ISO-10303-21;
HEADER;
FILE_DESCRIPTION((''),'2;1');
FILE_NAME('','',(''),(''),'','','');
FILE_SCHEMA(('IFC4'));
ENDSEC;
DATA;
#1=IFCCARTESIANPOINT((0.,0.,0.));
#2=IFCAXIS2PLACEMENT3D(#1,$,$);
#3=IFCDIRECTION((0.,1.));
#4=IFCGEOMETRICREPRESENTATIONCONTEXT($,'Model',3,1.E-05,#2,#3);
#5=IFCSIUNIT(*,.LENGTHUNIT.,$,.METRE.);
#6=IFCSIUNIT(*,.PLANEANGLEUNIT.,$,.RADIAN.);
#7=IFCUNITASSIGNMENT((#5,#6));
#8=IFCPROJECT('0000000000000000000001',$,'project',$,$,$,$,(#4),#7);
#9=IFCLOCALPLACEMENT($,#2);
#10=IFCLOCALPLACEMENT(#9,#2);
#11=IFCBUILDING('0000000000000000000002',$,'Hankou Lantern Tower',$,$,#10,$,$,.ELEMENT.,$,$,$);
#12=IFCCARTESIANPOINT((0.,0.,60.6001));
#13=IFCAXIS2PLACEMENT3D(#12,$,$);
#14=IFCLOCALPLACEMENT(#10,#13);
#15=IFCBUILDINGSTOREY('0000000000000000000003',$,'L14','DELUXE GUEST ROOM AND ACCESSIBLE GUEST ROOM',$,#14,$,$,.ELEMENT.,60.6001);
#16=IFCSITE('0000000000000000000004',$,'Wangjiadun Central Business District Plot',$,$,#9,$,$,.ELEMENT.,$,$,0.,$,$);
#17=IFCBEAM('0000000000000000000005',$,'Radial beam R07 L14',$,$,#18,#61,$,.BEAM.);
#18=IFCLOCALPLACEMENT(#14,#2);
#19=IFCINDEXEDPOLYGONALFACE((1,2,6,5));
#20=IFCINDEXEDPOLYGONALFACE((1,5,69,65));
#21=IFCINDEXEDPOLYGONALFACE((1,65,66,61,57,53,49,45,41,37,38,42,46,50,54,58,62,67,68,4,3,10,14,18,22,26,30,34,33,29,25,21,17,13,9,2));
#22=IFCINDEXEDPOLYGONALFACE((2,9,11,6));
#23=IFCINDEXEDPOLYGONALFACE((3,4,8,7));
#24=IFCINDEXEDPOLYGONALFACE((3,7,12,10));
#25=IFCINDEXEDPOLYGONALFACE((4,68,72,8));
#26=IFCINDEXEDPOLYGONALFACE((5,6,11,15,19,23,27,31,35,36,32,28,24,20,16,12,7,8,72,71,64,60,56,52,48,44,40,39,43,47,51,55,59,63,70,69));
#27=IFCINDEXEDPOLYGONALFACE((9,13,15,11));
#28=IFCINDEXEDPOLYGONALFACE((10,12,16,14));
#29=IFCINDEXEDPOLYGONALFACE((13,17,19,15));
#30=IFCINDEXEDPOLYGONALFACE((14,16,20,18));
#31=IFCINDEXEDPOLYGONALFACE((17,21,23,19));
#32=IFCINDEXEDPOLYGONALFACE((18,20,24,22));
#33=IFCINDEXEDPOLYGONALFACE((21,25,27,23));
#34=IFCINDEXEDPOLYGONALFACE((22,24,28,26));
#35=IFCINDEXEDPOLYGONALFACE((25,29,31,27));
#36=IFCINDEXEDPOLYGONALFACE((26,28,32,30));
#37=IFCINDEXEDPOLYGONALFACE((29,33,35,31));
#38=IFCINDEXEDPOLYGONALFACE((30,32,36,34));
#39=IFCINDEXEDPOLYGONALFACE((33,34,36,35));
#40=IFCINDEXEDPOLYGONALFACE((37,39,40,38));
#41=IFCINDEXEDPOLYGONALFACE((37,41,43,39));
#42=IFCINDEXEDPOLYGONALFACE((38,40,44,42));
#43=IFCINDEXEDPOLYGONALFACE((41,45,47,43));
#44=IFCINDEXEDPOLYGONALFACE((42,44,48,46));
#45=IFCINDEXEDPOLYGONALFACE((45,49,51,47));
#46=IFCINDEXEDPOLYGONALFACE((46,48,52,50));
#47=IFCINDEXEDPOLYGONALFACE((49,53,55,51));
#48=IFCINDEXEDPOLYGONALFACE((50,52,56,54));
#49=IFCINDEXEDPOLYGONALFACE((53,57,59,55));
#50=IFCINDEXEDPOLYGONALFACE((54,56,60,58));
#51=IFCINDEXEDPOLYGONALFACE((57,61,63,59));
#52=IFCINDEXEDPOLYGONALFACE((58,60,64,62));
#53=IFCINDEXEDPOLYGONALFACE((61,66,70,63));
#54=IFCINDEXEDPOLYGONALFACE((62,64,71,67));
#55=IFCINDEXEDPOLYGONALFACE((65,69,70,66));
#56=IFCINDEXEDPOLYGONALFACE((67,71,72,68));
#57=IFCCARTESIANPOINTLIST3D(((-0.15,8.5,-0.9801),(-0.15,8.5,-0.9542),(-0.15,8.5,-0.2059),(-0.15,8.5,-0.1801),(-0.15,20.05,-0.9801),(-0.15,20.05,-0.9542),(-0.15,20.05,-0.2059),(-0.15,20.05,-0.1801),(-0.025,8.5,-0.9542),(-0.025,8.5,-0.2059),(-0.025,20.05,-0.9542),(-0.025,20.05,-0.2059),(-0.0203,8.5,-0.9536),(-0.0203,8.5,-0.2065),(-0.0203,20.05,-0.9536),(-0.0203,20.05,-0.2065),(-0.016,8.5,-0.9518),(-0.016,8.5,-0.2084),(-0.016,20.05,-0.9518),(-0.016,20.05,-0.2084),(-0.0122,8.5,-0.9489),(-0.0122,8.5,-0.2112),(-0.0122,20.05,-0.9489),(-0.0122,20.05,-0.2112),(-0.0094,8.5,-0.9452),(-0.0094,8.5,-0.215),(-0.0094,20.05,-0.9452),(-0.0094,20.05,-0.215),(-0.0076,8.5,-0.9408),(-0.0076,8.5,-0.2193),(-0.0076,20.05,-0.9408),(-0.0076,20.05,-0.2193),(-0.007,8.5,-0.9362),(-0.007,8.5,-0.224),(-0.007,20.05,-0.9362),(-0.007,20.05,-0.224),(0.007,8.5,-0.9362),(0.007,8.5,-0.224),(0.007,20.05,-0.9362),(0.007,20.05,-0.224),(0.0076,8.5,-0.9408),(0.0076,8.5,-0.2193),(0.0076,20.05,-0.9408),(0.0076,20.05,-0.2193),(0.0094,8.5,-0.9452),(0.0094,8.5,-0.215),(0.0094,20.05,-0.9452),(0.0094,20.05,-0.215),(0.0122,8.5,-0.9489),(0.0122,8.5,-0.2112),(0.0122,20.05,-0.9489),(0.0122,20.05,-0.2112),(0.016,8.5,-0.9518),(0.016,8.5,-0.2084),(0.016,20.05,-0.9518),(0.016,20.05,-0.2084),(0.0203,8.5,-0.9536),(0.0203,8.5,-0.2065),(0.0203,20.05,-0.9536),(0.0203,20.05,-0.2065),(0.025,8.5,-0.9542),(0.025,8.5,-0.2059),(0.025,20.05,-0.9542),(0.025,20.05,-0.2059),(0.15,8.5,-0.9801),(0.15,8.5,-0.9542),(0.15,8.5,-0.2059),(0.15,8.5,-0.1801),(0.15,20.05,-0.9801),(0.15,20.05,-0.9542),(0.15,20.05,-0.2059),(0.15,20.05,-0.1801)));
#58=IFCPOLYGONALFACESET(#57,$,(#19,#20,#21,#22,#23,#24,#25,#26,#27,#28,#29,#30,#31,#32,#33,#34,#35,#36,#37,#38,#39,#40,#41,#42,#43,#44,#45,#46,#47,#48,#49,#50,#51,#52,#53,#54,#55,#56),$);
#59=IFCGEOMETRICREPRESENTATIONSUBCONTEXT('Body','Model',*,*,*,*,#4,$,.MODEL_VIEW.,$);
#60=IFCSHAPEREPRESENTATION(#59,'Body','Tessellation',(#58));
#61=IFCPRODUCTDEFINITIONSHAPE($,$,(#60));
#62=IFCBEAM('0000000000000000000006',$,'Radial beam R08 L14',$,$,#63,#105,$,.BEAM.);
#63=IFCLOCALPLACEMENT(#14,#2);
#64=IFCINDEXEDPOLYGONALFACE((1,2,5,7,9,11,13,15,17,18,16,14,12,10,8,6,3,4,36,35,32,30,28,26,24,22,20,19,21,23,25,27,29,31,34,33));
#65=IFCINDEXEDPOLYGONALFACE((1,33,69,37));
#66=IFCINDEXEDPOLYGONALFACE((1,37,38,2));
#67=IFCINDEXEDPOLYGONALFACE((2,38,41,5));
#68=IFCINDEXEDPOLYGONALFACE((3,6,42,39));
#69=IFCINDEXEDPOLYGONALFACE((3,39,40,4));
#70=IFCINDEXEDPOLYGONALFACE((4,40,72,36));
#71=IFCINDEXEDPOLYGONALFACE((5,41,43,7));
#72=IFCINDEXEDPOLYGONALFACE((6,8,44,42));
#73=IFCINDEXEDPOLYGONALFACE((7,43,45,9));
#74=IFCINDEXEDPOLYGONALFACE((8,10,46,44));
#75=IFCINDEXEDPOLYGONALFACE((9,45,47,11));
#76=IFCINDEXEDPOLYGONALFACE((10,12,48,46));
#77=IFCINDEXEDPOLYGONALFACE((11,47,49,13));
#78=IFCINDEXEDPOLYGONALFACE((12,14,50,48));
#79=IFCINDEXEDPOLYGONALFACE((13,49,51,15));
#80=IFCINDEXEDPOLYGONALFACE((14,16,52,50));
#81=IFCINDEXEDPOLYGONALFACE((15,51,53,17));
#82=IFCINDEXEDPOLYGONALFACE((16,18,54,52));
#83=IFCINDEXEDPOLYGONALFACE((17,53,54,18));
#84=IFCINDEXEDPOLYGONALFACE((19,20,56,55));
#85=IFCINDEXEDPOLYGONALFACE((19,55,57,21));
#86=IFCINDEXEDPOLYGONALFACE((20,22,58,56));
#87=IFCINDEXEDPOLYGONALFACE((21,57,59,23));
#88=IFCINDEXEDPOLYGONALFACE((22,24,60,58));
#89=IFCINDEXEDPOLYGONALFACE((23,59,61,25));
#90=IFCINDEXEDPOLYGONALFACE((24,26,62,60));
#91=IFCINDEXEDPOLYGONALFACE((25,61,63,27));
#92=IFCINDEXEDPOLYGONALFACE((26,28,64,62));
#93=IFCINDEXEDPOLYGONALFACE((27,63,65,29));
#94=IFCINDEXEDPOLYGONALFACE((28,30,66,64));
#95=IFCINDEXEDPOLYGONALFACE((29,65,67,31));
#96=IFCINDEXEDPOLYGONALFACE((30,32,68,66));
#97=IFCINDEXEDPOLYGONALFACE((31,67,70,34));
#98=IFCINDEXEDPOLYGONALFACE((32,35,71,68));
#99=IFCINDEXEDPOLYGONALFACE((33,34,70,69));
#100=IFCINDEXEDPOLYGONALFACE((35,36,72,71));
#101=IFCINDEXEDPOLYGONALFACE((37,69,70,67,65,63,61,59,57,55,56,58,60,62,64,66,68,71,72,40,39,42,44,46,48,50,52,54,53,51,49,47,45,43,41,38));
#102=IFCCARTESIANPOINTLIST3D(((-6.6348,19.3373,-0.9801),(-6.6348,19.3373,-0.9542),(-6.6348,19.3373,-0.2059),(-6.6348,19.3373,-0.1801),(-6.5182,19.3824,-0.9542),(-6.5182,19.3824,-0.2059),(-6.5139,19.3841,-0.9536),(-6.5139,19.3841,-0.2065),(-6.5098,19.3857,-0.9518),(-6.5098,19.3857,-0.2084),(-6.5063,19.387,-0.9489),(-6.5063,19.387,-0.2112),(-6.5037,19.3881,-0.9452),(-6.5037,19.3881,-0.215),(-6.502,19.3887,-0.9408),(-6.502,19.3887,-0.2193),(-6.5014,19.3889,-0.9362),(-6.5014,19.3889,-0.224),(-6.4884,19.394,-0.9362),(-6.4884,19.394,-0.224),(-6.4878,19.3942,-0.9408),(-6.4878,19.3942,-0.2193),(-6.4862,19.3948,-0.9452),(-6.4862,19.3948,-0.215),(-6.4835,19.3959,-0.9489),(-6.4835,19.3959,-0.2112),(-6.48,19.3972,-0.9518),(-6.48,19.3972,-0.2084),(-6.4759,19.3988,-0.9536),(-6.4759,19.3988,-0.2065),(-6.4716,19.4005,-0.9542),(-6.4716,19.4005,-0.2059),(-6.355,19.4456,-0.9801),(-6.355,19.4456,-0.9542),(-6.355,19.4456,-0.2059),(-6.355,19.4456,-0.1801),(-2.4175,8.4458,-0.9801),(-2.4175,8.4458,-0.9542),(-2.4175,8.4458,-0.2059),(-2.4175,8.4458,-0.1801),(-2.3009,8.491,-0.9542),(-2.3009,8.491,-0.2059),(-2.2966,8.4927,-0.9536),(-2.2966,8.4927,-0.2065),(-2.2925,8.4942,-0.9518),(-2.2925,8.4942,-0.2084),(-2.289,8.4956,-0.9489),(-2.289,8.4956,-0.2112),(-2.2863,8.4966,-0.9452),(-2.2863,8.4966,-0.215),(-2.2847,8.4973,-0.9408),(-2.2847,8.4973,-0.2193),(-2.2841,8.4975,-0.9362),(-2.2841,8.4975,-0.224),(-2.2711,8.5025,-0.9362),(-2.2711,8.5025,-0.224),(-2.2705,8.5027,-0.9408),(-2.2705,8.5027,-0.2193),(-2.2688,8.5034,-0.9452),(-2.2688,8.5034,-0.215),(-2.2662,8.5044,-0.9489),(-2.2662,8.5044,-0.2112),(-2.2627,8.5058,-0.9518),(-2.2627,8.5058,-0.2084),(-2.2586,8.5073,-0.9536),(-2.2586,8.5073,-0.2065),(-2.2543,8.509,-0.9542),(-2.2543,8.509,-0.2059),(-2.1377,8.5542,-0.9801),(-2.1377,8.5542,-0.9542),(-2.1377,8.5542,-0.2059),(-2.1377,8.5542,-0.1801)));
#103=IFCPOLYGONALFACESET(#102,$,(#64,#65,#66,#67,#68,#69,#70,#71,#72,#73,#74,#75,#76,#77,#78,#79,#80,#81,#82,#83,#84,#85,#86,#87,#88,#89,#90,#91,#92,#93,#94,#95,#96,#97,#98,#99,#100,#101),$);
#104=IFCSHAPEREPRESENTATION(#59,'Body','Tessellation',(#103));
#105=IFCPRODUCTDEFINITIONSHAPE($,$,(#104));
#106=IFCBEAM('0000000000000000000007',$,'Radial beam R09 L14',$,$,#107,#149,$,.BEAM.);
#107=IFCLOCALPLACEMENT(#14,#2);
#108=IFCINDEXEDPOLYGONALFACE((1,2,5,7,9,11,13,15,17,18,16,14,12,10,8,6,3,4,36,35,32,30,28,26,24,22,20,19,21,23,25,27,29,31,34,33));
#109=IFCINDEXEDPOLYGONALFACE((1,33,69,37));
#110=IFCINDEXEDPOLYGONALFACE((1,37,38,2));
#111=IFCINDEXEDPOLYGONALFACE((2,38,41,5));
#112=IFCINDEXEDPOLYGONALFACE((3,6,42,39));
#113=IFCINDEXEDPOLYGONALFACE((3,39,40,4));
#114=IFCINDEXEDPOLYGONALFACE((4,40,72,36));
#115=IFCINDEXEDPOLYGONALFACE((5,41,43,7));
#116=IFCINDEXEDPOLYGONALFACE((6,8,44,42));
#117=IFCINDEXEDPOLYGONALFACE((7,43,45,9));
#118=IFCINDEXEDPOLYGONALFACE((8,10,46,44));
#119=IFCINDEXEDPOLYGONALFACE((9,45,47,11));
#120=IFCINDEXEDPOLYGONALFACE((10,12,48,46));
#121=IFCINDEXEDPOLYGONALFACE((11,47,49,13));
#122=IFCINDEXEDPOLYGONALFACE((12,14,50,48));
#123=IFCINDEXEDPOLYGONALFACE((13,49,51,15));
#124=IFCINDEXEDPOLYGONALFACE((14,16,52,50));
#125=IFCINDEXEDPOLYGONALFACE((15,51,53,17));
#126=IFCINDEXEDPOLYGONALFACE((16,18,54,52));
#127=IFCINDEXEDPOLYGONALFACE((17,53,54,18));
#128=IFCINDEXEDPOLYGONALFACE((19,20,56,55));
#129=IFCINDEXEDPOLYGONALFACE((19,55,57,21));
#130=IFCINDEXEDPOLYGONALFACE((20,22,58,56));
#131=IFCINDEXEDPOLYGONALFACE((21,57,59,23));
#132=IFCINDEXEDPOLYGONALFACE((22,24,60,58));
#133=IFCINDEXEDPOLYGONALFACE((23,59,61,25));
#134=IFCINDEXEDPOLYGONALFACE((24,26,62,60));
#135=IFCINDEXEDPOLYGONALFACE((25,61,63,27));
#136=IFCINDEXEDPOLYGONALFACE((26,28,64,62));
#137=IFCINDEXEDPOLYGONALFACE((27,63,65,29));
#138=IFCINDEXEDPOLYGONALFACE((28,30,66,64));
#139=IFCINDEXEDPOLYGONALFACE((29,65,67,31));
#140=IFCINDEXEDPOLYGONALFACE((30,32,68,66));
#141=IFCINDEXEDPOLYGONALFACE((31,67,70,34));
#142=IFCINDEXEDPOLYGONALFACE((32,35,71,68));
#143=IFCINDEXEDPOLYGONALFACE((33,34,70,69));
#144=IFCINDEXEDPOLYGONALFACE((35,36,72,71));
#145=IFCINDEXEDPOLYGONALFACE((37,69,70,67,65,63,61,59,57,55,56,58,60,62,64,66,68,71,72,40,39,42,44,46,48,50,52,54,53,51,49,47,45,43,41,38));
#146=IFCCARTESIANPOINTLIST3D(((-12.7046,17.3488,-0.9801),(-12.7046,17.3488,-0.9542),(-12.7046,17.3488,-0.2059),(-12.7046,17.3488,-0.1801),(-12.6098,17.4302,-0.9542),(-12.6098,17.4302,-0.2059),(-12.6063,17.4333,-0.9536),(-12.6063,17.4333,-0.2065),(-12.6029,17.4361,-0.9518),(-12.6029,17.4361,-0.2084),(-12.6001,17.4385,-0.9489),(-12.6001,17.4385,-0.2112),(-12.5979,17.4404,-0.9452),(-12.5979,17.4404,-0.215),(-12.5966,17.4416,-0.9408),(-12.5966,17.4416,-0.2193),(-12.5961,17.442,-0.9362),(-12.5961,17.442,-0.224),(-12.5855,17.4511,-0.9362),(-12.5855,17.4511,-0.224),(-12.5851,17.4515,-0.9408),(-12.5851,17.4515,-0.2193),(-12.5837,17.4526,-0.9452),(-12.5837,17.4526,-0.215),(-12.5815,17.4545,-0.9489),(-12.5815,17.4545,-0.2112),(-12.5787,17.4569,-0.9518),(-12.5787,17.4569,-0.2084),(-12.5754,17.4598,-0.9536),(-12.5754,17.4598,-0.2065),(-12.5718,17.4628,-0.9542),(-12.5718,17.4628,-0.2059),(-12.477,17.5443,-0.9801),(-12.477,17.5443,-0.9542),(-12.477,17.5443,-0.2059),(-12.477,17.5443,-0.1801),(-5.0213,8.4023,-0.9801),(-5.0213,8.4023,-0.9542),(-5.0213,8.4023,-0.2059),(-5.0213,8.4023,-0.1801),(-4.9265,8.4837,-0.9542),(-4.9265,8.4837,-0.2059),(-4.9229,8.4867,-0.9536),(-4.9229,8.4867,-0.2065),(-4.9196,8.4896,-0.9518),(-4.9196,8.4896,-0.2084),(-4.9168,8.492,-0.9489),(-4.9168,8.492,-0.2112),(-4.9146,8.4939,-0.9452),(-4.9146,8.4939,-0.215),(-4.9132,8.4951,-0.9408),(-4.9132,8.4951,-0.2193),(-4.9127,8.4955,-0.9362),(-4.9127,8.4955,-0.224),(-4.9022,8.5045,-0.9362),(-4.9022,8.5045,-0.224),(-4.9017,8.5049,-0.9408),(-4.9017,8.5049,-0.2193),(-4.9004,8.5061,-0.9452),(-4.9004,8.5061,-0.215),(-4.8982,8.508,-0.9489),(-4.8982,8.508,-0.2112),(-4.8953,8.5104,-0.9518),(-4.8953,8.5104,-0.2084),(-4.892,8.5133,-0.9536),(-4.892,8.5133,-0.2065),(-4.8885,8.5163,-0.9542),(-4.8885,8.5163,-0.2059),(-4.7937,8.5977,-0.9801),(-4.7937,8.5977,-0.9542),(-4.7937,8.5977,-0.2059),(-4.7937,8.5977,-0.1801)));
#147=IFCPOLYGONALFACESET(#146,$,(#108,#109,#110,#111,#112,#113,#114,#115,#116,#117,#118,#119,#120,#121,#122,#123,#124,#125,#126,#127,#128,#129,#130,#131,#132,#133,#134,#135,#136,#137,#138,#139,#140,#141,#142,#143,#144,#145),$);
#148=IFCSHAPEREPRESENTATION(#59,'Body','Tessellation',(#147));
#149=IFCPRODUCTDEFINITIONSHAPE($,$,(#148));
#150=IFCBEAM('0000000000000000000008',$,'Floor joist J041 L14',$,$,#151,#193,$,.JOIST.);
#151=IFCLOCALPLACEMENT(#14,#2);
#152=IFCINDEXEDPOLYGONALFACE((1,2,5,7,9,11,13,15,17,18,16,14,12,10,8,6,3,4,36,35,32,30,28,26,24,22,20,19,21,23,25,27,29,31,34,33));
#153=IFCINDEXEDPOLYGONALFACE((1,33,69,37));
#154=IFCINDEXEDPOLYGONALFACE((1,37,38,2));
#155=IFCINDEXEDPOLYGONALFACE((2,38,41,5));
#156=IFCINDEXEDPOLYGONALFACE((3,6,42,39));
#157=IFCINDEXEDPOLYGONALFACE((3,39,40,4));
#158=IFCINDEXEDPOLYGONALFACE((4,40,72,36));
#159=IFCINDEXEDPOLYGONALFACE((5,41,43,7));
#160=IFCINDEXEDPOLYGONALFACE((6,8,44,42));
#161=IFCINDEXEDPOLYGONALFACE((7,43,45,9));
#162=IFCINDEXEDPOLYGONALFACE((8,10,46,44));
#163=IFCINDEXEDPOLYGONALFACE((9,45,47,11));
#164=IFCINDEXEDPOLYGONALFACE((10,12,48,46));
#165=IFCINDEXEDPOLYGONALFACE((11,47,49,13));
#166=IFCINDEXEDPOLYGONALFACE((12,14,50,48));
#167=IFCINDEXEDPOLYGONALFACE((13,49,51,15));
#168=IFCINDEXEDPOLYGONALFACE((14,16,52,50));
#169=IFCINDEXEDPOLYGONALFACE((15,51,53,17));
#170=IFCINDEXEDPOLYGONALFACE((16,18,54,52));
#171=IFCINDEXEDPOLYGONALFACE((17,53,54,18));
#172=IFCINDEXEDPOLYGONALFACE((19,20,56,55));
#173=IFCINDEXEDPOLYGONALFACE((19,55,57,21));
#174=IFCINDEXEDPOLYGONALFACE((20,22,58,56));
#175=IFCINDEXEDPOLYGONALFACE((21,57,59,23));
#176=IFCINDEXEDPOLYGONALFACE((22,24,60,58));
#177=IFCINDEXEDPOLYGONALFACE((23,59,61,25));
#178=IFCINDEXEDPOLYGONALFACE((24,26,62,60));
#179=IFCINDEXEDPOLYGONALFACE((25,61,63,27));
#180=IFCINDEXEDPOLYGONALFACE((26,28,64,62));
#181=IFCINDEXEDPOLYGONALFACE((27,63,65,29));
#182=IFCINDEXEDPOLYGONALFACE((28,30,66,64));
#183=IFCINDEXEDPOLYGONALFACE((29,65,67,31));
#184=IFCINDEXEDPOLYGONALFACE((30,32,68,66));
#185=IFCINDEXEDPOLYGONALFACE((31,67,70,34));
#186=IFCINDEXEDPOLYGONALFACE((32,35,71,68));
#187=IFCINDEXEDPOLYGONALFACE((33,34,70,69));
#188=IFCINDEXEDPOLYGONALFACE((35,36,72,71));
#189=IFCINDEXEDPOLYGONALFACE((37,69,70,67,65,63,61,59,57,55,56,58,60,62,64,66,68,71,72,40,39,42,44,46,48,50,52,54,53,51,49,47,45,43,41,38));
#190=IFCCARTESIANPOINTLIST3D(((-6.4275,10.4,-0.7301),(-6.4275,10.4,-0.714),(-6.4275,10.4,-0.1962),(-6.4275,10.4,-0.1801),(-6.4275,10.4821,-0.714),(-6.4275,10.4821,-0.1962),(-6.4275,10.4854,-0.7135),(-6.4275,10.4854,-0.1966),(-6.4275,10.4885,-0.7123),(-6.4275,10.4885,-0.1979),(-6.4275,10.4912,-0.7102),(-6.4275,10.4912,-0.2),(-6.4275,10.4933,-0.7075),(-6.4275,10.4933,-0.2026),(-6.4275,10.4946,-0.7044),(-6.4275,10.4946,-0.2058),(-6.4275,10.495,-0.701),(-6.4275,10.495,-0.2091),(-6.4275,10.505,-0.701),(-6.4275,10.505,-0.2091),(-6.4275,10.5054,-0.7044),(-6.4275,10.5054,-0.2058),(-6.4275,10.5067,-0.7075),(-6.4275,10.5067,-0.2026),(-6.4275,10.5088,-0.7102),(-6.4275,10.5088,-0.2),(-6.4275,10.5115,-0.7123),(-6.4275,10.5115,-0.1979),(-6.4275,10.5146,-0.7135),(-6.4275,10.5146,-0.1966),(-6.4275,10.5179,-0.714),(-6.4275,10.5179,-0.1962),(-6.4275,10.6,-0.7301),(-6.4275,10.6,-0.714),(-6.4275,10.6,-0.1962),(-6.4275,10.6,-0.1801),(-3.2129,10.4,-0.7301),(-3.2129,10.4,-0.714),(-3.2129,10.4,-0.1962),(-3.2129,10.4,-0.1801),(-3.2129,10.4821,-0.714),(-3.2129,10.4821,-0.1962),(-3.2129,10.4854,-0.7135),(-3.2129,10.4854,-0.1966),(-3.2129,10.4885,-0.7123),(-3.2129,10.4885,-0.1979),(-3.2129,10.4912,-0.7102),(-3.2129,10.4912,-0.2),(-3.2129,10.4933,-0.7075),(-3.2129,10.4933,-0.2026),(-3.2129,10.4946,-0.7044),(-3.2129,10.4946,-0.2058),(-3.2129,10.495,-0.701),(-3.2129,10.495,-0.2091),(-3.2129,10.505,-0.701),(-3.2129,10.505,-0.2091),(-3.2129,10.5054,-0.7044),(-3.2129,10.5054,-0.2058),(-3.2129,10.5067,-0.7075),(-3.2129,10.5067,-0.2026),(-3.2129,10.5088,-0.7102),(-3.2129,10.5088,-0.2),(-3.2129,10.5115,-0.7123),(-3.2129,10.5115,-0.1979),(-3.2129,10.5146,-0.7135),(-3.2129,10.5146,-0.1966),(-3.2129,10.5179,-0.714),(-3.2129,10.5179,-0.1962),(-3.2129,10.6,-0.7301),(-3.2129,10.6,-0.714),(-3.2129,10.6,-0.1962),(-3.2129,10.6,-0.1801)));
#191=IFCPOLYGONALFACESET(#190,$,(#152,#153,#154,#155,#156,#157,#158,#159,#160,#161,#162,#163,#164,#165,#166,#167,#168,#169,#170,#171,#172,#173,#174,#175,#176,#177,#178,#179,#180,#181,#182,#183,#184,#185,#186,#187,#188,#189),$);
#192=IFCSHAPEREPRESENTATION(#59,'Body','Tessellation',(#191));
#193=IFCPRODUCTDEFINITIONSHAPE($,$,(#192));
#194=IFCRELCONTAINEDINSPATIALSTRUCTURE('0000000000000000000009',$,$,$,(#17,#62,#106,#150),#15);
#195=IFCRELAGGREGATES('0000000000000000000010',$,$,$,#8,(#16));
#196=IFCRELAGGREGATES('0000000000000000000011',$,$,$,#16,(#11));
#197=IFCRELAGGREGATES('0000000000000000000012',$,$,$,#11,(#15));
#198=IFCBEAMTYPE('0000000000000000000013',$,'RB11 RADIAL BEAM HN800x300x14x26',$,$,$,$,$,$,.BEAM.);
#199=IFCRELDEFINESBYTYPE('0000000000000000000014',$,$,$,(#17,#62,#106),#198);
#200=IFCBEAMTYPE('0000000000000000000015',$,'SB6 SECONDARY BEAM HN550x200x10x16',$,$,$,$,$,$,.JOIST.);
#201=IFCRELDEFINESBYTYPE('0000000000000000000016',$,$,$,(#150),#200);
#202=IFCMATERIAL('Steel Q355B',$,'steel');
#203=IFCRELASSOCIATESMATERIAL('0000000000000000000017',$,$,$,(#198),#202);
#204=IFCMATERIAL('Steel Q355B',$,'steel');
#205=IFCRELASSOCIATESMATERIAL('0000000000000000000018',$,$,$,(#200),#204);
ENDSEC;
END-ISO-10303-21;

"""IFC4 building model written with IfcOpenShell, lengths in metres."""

from ifc_helpers import new_model, si_unit, direction, frame, origin, origin_2d, place, context, subcontext, project, spatial, i_section, extrude, material, material_profile, profile_set, type_object, element, save


model = new_model("IFC4")

# Units and contexts
model_context = context("Model", 3, precision=1e-05, world=origin(), true_north=direction((0.0, 1.0)))
body_context = subcontext(model_context, "Body", "Model", "MODEL_VIEW")
ifc_project = project(units=[si_unit("LENGTHUNIT", "METRE"), si_unit("PLANEANGLEUNIT", "RADIAN")], contexts=[model_context])

# Site, building, storey
site_placement = place(None, origin())
site = spatial("IfcSite", under=ifc_project, at=site_placement, Name="Wangjiadun Central Business District Plot", CompositionType="ELEMENT", RefElevation=0.0)
building_placement = place(site_placement, origin())
building = spatial("IfcBuilding", under=site, at=building_placement, Name="Hankou Lantern Tower", CompositionType="ELEMENT")
storey_placement = place(building_placement, frame((0.0, 0.0, 60.6001)))
storey = spatial("IfcBuildingStorey", under=building, at=storey_placement, Name="L14", Description="DELUXE GUEST ROOM AND ACCESSIBLE GUEST ROOM", CompositionType="ELEMENT", Elevation=60.6001)

# Beams
ifc_material_1 = material(Name="Steel Q355B", Category="steel")
ifc_material_profile_1 = material_profile(ifc_material_1, i_section(OverallWidth=0.3, OverallDepth=0.8, WebThickness=0.0139, FlangeThickness=0.0259, FilletRadius=0.0181, at=origin_2d()), Name="HN800x300x14x26")
ifc_profile_set_1 = profile_set([ifc_material_profile_1], Name="Steel Q355B")
beam_type_1 = type_object("IfcBeamType", Name="RB11 RADIAL BEAM HN800x300x14x26", PredefinedType="BEAM", material=ifc_profile_set_1)
beam_1_placement = place(storey_placement, frame((0.0, 8.5, -0.5801), z_axis=(0.0, 1.0, 0.0), x_axis=(-1.0, 0.0, 0.0)))
element("IfcBeam", 1, at=beam_1_placement, inside=storey, type_object=beam_type_1, Name="Radial beam R07 L14", PredefinedType="BEAM", context=body_context, shape_type="SweptSolid", body=[
    extrude(i_section(OverallWidth=0.3, OverallDepth=0.8, WebThickness=0.0139, FlangeThickness=0.0259, FilletRadius=0.0181, at=origin_2d()), origin(), (0.0, 0.0, 1.0), 11.55),
])
beam_2_placement = place(storey_placement, frame((-2.2776, 8.5, -0.5801), z_axis=(-0.361089, 0.932531, 0.0), x_axis=(-0.932531, -0.361089, 0.0)))
element("IfcBeam", 2, at=beam_2_placement, inside=storey, type_object=beam_type_1, Name="Radial beam R08 L14", PredefinedType="BEAM", context=body_context, shape_type="SweptSolid", body=[
    extrude(i_section(OverallWidth=0.3, OverallDepth=0.8, WebThickness=0.0139, FlangeThickness=0.0259, FilletRadius=0.0181, at=origin_2d()), origin(), (0.0, 0.0, 1.0), 11.6794),
])
beam_3_placement = place(storey_placement, frame((-4.9075, 8.5, -0.5801), z_axis=(-0.651519, 0.758632, 0.0), x_axis=(-0.758632, -0.651519, 0.0)))
element("IfcBeam", 3, at=beam_3_placement, inside=storey, type_object=beam_type_1, Name="Radial beam R09 L14", PredefinedType="BEAM", context=body_context, shape_type="SweptSolid", body=[
    extrude(i_section(OverallWidth=0.3, OverallDepth=0.8, WebThickness=0.0139, FlangeThickness=0.0259, FilletRadius=0.0181, at=origin_2d()), origin(), (0.0, 0.0, 1.0), 11.793),
])
ifc_material_2 = material(Name="Steel Q355B", Category="steel")
ifc_material_profile_2 = material_profile(ifc_material_2, i_section(OverallWidth=0.2, OverallDepth=0.55, WebThickness=0.01, FlangeThickness=0.0161, FilletRadius=0.0129, at=origin_2d()), Name="HN550x200x10x16")
ifc_profile_set_2 = profile_set([ifc_material_profile_2], Name="Steel Q355B")
beam_type_2 = type_object("IfcBeamType", Name="SB6 SECONDARY BEAM HN550x200x10x16", PredefinedType="JOIST", material=ifc_profile_set_2)
beam_4_placement = place(storey_placement, frame((-6.4275, 10.5, -0.4551), z_axis=(1.0, 0.0, 0.0), x_axis=(0.0, 1.0, 0.0)))
element("IfcBeam", 4, at=beam_4_placement, inside=storey, type_object=beam_type_2, Name="Floor joist J041 L14", PredefinedType="JOIST", context=body_context, shape_type="SweptSolid", body=[
    extrude(i_section(OverallWidth=0.2, OverallDepth=0.55, WebThickness=0.01, FlangeThickness=0.0161, FilletRadius=0.0129, at=origin_2d()), origin(), (0.0, 0.0, 1.0), 3.2146),
])

save(model, "model.ifc")
